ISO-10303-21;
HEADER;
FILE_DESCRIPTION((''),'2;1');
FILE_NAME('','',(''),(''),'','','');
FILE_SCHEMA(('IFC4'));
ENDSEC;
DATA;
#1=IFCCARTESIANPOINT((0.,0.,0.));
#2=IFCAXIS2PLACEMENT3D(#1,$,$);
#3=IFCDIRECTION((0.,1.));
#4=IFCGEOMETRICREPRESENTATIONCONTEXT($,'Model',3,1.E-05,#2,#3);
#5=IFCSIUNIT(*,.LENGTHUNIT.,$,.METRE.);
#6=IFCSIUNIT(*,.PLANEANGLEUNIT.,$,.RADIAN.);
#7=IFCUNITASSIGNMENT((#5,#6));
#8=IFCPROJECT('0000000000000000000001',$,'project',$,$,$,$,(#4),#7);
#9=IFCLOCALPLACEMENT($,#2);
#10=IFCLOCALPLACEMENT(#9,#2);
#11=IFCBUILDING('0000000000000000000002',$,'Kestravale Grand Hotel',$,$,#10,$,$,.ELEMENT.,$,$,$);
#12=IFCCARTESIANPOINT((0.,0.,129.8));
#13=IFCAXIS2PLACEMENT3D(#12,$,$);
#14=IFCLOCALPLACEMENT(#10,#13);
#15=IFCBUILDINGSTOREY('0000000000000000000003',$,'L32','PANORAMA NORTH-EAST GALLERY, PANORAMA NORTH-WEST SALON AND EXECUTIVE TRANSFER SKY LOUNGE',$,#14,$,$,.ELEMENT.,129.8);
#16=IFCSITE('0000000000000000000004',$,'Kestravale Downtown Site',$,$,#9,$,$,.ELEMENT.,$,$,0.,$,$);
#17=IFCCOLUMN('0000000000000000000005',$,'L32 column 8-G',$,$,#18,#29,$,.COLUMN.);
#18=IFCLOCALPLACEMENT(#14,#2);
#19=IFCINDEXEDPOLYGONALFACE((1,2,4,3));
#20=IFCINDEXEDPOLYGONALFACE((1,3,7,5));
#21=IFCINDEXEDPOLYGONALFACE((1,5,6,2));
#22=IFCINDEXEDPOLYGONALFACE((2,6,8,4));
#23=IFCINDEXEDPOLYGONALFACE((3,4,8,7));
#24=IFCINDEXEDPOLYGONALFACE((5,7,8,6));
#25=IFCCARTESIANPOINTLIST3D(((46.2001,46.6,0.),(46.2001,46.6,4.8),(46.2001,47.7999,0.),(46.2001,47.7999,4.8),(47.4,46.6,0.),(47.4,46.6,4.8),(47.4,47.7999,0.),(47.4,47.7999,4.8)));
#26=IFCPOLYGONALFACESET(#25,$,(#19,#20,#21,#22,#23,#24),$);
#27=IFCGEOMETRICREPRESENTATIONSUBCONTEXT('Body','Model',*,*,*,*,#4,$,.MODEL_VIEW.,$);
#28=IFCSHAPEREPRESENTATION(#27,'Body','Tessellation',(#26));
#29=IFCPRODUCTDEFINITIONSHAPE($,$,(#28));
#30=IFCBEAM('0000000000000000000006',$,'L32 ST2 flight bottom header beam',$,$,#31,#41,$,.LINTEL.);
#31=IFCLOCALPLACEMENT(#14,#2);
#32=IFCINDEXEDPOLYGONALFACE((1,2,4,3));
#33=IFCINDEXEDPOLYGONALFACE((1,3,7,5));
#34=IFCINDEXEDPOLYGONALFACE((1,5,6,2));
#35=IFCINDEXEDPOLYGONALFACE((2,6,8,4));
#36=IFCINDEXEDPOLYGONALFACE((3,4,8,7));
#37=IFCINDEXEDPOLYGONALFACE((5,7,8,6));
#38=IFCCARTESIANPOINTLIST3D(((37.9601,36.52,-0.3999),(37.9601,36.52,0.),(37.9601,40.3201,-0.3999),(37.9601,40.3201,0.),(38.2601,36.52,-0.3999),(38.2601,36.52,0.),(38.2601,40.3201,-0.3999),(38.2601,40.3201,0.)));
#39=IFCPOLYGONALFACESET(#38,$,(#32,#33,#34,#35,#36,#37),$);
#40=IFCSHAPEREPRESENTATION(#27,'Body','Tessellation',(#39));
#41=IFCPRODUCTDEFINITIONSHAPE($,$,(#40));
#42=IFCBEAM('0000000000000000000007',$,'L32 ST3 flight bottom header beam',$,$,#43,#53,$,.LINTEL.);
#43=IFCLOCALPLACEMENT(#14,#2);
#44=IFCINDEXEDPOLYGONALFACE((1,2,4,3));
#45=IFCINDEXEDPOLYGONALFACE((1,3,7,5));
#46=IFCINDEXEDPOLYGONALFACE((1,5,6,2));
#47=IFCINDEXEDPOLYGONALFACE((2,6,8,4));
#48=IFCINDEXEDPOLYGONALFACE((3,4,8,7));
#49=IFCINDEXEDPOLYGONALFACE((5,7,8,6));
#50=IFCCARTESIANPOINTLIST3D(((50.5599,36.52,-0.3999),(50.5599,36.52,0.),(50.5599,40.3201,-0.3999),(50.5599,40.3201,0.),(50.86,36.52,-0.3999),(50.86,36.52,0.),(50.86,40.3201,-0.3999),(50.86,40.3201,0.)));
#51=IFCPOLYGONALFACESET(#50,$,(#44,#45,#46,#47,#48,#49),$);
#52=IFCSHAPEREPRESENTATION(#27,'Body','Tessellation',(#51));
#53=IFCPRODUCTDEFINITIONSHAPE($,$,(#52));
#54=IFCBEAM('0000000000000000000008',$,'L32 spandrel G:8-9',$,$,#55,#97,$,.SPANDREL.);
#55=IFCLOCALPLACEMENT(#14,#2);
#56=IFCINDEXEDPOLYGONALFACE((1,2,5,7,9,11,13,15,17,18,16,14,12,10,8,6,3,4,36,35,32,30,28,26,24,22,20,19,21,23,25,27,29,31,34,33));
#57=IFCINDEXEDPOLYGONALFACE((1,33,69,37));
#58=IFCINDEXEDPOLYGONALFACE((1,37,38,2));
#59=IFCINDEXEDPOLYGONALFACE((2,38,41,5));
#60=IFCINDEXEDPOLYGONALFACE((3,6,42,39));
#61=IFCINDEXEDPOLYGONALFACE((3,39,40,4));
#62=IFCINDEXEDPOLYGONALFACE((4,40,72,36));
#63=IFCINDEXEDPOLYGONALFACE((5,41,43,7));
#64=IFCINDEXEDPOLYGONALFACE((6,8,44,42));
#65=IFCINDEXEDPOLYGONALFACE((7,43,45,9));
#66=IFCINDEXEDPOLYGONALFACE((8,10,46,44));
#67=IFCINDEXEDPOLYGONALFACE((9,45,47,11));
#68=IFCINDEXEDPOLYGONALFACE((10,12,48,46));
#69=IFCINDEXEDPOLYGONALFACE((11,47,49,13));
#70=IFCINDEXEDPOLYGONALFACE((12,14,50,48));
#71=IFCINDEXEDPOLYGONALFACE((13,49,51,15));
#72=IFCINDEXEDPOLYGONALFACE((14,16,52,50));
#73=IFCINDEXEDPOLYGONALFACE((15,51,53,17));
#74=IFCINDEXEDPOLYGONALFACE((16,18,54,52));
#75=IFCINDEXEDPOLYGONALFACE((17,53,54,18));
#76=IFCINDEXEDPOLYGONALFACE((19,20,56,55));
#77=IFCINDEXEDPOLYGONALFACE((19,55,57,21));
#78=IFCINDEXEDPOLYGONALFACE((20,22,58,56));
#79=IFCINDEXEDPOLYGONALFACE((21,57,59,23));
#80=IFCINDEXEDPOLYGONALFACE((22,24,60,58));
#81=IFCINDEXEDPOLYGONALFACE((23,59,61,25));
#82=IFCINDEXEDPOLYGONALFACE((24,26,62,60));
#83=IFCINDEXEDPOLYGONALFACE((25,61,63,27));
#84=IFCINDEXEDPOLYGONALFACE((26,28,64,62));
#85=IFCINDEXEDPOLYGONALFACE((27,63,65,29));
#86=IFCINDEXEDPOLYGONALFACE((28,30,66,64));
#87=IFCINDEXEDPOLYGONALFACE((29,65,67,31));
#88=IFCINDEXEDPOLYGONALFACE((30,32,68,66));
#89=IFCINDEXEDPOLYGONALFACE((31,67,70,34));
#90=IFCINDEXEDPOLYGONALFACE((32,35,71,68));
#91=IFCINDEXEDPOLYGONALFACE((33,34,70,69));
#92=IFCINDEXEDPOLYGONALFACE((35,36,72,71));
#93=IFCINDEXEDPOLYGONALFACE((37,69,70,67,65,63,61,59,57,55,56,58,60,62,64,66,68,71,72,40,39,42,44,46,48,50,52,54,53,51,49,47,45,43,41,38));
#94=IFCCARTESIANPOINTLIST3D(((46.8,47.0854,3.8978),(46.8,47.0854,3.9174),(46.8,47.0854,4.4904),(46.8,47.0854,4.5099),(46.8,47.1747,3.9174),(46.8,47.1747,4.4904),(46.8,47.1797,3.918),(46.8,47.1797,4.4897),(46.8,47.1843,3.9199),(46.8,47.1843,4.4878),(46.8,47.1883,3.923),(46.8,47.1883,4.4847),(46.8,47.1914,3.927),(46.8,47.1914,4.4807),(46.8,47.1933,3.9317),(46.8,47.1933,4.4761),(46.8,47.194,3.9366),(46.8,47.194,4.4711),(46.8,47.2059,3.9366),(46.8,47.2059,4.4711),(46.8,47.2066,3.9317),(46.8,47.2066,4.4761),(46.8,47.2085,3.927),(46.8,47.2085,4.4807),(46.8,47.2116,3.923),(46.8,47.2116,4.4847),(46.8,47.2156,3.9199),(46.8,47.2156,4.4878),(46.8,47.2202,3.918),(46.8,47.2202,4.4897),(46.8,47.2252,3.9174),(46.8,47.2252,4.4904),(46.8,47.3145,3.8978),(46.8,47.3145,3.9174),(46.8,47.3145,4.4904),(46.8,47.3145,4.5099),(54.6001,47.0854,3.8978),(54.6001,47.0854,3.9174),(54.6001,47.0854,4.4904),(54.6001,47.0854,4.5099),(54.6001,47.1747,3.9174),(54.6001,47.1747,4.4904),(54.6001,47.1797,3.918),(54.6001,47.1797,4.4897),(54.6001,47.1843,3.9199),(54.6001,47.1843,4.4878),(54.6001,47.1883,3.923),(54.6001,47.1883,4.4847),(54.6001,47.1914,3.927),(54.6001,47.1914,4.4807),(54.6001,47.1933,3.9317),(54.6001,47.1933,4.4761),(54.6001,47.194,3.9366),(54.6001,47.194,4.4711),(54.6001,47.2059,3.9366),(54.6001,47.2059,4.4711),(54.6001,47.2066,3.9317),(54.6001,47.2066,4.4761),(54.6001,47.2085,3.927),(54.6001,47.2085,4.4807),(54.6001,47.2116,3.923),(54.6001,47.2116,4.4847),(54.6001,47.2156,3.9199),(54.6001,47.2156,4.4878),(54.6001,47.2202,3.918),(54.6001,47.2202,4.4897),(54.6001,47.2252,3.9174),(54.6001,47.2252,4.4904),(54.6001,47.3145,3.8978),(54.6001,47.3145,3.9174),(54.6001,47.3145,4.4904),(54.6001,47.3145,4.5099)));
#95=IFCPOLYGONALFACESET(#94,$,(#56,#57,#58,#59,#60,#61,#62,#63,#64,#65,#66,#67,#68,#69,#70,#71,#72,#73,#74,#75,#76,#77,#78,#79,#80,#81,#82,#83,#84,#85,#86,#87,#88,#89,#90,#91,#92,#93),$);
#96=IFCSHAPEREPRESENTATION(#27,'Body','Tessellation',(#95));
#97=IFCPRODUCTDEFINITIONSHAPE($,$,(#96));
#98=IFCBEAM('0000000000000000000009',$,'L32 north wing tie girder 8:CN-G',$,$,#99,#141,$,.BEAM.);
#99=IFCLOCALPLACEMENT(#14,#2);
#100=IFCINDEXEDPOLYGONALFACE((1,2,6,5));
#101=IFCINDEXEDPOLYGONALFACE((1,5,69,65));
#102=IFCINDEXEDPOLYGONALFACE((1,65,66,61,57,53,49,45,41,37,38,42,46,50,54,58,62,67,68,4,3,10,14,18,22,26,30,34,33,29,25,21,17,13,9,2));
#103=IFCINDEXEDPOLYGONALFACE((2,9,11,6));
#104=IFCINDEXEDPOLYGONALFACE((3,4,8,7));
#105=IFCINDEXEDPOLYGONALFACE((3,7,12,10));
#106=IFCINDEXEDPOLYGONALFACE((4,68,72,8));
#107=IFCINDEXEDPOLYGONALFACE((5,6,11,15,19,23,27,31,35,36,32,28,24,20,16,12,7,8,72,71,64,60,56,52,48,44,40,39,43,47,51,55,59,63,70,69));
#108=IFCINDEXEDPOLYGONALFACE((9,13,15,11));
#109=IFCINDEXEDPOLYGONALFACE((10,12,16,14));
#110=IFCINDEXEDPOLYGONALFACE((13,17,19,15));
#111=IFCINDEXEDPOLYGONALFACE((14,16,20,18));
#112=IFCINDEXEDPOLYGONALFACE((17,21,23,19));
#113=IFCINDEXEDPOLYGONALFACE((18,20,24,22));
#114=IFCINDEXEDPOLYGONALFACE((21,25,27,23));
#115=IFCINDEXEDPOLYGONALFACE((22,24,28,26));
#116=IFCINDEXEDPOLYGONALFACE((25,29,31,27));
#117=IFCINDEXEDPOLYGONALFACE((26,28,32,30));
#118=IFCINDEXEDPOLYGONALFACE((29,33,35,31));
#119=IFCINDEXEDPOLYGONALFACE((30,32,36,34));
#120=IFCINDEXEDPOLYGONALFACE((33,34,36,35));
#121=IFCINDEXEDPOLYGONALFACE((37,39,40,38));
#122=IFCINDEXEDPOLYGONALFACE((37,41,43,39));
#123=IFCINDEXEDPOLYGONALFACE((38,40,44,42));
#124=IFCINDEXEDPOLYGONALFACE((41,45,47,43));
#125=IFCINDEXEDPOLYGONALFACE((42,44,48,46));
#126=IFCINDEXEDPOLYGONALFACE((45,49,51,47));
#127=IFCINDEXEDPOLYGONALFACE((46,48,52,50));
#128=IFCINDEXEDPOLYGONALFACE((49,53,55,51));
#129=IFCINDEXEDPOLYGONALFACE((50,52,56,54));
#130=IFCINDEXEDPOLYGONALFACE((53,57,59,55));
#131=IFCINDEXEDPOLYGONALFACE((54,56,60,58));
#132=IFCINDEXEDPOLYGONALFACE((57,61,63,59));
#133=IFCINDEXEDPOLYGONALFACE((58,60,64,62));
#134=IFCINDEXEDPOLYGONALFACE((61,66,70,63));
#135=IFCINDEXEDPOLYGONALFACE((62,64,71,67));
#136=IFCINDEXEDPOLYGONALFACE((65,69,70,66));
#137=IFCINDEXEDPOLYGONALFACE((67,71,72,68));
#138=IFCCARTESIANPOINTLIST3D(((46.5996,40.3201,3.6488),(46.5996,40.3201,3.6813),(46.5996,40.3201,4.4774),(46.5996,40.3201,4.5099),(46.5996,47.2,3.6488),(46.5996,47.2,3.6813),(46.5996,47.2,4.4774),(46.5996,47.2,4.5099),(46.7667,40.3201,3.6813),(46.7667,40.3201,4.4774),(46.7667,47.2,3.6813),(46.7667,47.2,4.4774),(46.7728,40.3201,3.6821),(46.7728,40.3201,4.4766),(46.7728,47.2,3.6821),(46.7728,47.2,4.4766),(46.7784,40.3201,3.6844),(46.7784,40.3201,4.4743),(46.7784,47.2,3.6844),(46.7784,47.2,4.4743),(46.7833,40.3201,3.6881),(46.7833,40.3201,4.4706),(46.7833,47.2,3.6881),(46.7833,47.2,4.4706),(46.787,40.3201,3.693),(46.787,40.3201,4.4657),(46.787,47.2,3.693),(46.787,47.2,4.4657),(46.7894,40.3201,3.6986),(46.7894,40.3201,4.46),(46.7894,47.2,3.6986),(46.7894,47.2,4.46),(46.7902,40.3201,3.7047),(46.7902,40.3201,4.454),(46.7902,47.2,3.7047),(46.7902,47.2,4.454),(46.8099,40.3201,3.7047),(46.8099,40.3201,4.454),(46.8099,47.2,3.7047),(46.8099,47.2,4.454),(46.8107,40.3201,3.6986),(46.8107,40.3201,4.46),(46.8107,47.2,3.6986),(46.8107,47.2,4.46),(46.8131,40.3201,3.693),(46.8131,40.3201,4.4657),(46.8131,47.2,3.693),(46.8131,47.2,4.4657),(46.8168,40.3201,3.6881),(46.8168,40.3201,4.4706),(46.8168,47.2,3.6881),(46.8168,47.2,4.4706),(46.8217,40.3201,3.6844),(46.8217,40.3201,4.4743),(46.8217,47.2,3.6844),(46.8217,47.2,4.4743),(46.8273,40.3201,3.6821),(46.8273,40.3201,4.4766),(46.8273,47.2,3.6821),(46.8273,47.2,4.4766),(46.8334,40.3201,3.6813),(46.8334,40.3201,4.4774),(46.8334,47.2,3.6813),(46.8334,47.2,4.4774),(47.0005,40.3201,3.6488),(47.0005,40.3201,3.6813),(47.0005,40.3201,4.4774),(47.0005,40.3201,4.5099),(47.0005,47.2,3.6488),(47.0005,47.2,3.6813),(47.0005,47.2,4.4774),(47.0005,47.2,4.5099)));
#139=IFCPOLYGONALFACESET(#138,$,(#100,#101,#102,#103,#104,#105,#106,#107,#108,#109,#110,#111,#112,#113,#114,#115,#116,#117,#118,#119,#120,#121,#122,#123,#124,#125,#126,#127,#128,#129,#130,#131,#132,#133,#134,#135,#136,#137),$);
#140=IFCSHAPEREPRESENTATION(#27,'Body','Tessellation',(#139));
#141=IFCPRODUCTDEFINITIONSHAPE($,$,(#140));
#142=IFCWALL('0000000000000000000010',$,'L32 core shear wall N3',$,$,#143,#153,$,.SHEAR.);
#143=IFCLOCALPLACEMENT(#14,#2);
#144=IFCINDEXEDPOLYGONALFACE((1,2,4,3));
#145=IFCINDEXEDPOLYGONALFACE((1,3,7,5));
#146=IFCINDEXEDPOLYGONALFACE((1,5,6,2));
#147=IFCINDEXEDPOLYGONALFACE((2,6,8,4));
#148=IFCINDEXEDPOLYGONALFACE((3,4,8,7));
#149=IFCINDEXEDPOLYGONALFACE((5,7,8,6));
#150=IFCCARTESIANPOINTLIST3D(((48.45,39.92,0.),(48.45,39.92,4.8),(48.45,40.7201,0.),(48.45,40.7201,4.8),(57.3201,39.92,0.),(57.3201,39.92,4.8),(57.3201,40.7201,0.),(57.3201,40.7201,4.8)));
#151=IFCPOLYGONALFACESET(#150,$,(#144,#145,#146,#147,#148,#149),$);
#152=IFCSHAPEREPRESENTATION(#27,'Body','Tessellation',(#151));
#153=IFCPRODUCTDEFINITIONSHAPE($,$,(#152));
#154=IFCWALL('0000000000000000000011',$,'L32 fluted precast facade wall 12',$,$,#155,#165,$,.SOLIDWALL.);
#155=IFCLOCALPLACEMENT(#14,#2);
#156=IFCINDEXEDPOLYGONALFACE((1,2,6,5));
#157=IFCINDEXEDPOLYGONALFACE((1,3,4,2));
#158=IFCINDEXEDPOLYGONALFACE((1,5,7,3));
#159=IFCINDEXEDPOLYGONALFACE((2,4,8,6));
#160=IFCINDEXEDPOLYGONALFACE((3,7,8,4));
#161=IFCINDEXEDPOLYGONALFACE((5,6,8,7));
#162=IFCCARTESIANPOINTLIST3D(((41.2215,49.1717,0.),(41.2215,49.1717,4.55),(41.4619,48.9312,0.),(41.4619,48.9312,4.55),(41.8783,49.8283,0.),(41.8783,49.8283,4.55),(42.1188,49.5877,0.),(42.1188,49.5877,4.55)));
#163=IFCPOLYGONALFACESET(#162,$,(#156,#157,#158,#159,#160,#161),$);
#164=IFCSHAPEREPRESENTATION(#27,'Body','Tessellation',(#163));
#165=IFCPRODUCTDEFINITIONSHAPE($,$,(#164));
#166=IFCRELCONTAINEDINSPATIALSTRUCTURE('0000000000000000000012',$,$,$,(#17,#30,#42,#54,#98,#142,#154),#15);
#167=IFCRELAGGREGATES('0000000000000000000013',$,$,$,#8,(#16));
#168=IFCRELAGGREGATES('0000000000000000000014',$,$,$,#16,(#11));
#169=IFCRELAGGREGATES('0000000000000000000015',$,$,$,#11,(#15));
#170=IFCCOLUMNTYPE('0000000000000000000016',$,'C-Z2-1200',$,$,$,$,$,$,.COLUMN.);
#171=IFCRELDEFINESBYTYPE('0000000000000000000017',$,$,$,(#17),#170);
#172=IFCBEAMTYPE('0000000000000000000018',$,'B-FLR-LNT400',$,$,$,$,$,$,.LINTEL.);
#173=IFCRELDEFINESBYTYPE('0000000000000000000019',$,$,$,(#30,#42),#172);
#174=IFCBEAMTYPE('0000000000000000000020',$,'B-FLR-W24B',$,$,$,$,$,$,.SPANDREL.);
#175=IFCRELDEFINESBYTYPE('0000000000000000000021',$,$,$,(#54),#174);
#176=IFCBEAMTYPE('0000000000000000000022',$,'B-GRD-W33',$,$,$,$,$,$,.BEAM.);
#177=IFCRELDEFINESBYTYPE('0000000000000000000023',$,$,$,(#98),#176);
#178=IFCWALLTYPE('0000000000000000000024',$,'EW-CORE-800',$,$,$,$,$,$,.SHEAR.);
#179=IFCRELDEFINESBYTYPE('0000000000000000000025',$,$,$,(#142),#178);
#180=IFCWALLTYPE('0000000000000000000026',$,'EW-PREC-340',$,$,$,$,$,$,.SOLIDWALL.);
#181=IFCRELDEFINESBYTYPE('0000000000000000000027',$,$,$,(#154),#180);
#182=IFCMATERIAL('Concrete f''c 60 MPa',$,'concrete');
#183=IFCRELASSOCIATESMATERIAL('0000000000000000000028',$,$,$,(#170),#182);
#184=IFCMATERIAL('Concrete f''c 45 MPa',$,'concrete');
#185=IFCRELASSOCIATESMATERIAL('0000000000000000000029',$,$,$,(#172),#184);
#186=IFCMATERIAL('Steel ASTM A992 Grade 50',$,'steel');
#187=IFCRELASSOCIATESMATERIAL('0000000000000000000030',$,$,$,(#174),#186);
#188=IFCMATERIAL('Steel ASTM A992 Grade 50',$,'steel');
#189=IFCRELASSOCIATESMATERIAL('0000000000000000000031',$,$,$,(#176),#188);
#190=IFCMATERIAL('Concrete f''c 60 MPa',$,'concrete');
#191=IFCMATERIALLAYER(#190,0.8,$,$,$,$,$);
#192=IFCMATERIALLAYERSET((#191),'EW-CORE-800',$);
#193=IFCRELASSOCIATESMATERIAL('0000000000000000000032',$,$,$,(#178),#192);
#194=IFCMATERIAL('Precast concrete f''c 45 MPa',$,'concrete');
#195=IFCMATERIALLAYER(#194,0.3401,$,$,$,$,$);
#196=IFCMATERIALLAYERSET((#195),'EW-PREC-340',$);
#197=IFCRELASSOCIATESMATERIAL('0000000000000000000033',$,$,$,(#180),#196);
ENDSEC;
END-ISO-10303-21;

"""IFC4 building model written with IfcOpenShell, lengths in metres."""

from ifc_helpers import new_model, si_unit, direction, frame, frame_2d, origin, origin_2d, place, context, subcontext, project, spatial, rectangle, i_section, extrude, material, layer, layer_set, material_profile, profile_set, type_object, element, save


model = new_model("IFC4")

# Units and contexts
model_context = context("Model", 3, precision=1e-05, world=origin(), true_north=direction((0.0, 1.0)))
body_context = subcontext(model_context, "Body", "Model", "MODEL_VIEW")
ifc_project = project(units=[si_unit("LENGTHUNIT", "METRE"), si_unit("PLANEANGLEUNIT", "RADIAN")], contexts=[model_context])

# Site, building, storey
site_placement = place(None, origin())
site = spatial("IfcSite", under=ifc_project, at=site_placement, Name="Kestravale Downtown Site", CompositionType="ELEMENT", RefElevation=0.0)
building_placement = place(site_placement, origin())
building = spatial("IfcBuilding", under=site, at=building_placement, Name="Kestravale Grand Hotel", CompositionType="ELEMENT")
storey_placement = place(building_placement, frame((0.0, 0.0, 129.8)))
storey = spatial("IfcBuildingStorey", under=building, at=storey_placement, Name="L32", Description="PANORAMA NORTH-EAST GALLERY, PANORAMA NORTH-WEST SALON AND EXECUTIVE TRANSFER SKY LOUNGE", CompositionType="ELEMENT", Elevation=129.8)

# Column
ifc_material_1 = material(Name="Concrete f'c 60 MPa", Category="concrete")
ifc_material_profile_1 = material_profile(ifc_material_1, rectangle(XDim=1.2, YDim=1.2, at=origin_2d()))
ifc_profile_set_1 = profile_set([ifc_material_profile_1], Name="Concrete f'c 60 MPa")
column_type = type_object("IfcColumnType", Name="C-Z2-1200", PredefinedType="COLUMN", material=ifc_profile_set_1)
column_placement = place(storey_placement, frame((46.8, 47.2, 0.0), z_axis=(0.0, 0.0, 1.0), x_axis=(1.0, 0.0, 0.0)))
element("IfcColumn", 1, at=column_placement, inside=storey, type_object=column_type, Name="L32 column 8-G", PredefinedType="COLUMN", context=body_context, shape_type="SweptSolid", body=[
    extrude(rectangle(XDim=1.2, YDim=1.2, at=origin_2d()), origin(), (0.0, 0.0, 1.0), 4.8),
])

# Beams
ifc_material_2 = material(Name="Concrete f'c 45 MPa", Category="concrete")
ifc_material_profile_2 = material_profile(ifc_material_2, rectangle(XDim=0.3, YDim=0.3999, at=origin_2d()))
ifc_profile_set_2 = profile_set([ifc_material_profile_2], Name="Concrete f'c 45 MPa")
beam_type_1 = type_object("IfcBeamType", Name="B-FLR-LNT400", PredefinedType="LINTEL", material=ifc_profile_set_2)
for number, where, z_axis, x_axis, name in (
    (2, (38.1101, 36.52, -0.2), (0.0, 1.0, 0.0), (-1.0, 0.0, 0.0), "L32 ST2 flight bottom header beam"),
    (3, (50.71, 36.52, -0.2), (0.0, 1.0, 0.0), (-1.0, 0.0, 0.0), "L32 ST3 flight bottom header beam"),
):
    element("IfcBeam", number, at=place(storey_placement, frame(where, z_axis=z_axis, x_axis=x_axis)), inside=storey, type_object=beam_type_1, Name=name, PredefinedType="LINTEL", context=body_context, shape_type="SweptSolid", body=[
        extrude(rectangle(XDim=0.3, YDim=0.3999, at=origin_2d()), origin(), (0.0, 0.0, 1.0), 3.8),
    ])
ifc_material_3 = material(Name="Steel ASTM A992 Grade 50", Category="steel")
ifc_material_profile_3 = material_profile(ifc_material_3, i_section(OverallWidth=0.229, OverallDepth=0.6121, WebThickness=0.012, FlangeThickness=0.0195, FilletRadius=0.0193, at=origin_2d()))
ifc_profile_set_3 = profile_set([ifc_material_profile_3], Name="Steel ASTM A992 Grade 50")
beam_type_2 = type_object("IfcBeamType", Name="B-FLR-W24B", PredefinedType="SPANDREL", material=ifc_profile_set_3)
beam_1_placement = place(storey_placement, frame((46.8, 47.2, 4.2039), z_axis=(1.0, 0.0, 0.0), x_axis=(0.0, 1.0, 0.0)))
element("IfcBeam", 4, at=beam_1_placement, inside=storey, type_object=beam_type_2, Name="L32 spandrel G:8-9", PredefinedType="SPANDREL", context=body_context, shape_type="SweptSolid", body=[
    extrude(i_section(OverallWidth=0.229, OverallDepth=0.6121, WebThickness=0.012, FlangeThickness=0.0195, FilletRadius=0.0193, at=origin_2d()), origin(), (0.0, 0.0, 1.0), 7.8),
])
ifc_material_4 = material(Name="Steel ASTM A992 Grade 50", Category="steel")
ifc_material_profile_4 = material_profile(ifc_material_4, i_section(OverallWidth=0.4009, OverallDepth=0.8611, WebThickness=0.0198, FlangeThickness=0.0325, FilletRadius=0.0234, at=origin_2d()))
ifc_profile_set_4 = profile_set([ifc_material_profile_4], Name="Steel ASTM A992 Grade 50")
beam_type_3 = type_object("IfcBeamType", Name="B-GRD-W33", PredefinedType="BEAM", material=ifc_profile_set_4)
beam_2_placement = place(storey_placement, frame((46.8, 40.3201, 4.0793), z_axis=(0.0, 1.0, 0.0), x_axis=(-1.0, 0.0, 0.0)))
element("IfcBeam", 5, at=beam_2_placement, inside=storey, type_object=beam_type_3, Name="L32 north wing tie girder 8:CN-G", PredefinedType="BEAM", context=body_context, shape_type="SweptSolid", body=[
    extrude(i_section(OverallWidth=0.4009, OverallDepth=0.8611, WebThickness=0.0198, FlangeThickness=0.0325, FilletRadius=0.0234, at=origin_2d()), origin(), (0.0, 0.0, 1.0), 6.8799),
])

# Walls
ifc_material_5 = material(Name="Concrete f'c 60 MPa", Category="concrete")
ifc_layer_1 = layer(ifc_material_5, 0.8)
ifc_layer_set_1 = layer_set([ifc_layer_1], Name="EW-CORE-800")
wall_type_1 = type_object("IfcWallType", Name="EW-CORE-800", PredefinedType="SHEAR", material=ifc_layer_set_1)
wall_1_placement = place(storey_placement, frame((48.45, 40.3201, 0.0), z_axis=(0.0, 0.0, 1.0), x_axis=(1.0, 0.0, 0.0)))
element("IfcWall", 6, at=wall_1_placement, inside=storey, type_object=wall_type_1, Name="L32 core shear wall N3", PredefinedType="SHEAR", context=body_context, shape_type="SweptSolid", body=[
    extrude(rectangle(XDim=8.8701, YDim=0.8, at=frame_2d((4.4351, 0.0))), origin(), (0.0, 0.0, 1.0), 4.8),
])
ifc_material_6 = material(Name="Precast concrete f'c 45 MPa", Category="concrete")
ifc_layer_2 = layer(ifc_material_6, 0.3401)
ifc_layer_set_2 = layer_set([ifc_layer_2], Name="EW-PREC-340")
wall_type_2 = type_object("IfcWallType", Name="EW-PREC-340", PredefinedType="SOLIDWALL", material=ifc_layer_set_2)
wall_2_placement = place(storey_placement, frame((41.9985, 49.708, 0.0), z_axis=(0.0, 0.0, 1.0), x_axis=(-0.707238, -0.706975, 0.0)))
element("IfcWall", 7, at=wall_2_placement, inside=storey, type_object=wall_type_2, Name="L32 fluted precast facade wall 12", PredefinedType="SOLIDWALL", context=body_context, shape_type="SweptSolid", body=[
    extrude(rectangle(XDim=0.9287, YDim=0.3401, at=frame_2d((0.4644, 0.0))), origin(), (0.0, 0.0, 1.0), 4.55),
])

save(model, "model.ifc")
